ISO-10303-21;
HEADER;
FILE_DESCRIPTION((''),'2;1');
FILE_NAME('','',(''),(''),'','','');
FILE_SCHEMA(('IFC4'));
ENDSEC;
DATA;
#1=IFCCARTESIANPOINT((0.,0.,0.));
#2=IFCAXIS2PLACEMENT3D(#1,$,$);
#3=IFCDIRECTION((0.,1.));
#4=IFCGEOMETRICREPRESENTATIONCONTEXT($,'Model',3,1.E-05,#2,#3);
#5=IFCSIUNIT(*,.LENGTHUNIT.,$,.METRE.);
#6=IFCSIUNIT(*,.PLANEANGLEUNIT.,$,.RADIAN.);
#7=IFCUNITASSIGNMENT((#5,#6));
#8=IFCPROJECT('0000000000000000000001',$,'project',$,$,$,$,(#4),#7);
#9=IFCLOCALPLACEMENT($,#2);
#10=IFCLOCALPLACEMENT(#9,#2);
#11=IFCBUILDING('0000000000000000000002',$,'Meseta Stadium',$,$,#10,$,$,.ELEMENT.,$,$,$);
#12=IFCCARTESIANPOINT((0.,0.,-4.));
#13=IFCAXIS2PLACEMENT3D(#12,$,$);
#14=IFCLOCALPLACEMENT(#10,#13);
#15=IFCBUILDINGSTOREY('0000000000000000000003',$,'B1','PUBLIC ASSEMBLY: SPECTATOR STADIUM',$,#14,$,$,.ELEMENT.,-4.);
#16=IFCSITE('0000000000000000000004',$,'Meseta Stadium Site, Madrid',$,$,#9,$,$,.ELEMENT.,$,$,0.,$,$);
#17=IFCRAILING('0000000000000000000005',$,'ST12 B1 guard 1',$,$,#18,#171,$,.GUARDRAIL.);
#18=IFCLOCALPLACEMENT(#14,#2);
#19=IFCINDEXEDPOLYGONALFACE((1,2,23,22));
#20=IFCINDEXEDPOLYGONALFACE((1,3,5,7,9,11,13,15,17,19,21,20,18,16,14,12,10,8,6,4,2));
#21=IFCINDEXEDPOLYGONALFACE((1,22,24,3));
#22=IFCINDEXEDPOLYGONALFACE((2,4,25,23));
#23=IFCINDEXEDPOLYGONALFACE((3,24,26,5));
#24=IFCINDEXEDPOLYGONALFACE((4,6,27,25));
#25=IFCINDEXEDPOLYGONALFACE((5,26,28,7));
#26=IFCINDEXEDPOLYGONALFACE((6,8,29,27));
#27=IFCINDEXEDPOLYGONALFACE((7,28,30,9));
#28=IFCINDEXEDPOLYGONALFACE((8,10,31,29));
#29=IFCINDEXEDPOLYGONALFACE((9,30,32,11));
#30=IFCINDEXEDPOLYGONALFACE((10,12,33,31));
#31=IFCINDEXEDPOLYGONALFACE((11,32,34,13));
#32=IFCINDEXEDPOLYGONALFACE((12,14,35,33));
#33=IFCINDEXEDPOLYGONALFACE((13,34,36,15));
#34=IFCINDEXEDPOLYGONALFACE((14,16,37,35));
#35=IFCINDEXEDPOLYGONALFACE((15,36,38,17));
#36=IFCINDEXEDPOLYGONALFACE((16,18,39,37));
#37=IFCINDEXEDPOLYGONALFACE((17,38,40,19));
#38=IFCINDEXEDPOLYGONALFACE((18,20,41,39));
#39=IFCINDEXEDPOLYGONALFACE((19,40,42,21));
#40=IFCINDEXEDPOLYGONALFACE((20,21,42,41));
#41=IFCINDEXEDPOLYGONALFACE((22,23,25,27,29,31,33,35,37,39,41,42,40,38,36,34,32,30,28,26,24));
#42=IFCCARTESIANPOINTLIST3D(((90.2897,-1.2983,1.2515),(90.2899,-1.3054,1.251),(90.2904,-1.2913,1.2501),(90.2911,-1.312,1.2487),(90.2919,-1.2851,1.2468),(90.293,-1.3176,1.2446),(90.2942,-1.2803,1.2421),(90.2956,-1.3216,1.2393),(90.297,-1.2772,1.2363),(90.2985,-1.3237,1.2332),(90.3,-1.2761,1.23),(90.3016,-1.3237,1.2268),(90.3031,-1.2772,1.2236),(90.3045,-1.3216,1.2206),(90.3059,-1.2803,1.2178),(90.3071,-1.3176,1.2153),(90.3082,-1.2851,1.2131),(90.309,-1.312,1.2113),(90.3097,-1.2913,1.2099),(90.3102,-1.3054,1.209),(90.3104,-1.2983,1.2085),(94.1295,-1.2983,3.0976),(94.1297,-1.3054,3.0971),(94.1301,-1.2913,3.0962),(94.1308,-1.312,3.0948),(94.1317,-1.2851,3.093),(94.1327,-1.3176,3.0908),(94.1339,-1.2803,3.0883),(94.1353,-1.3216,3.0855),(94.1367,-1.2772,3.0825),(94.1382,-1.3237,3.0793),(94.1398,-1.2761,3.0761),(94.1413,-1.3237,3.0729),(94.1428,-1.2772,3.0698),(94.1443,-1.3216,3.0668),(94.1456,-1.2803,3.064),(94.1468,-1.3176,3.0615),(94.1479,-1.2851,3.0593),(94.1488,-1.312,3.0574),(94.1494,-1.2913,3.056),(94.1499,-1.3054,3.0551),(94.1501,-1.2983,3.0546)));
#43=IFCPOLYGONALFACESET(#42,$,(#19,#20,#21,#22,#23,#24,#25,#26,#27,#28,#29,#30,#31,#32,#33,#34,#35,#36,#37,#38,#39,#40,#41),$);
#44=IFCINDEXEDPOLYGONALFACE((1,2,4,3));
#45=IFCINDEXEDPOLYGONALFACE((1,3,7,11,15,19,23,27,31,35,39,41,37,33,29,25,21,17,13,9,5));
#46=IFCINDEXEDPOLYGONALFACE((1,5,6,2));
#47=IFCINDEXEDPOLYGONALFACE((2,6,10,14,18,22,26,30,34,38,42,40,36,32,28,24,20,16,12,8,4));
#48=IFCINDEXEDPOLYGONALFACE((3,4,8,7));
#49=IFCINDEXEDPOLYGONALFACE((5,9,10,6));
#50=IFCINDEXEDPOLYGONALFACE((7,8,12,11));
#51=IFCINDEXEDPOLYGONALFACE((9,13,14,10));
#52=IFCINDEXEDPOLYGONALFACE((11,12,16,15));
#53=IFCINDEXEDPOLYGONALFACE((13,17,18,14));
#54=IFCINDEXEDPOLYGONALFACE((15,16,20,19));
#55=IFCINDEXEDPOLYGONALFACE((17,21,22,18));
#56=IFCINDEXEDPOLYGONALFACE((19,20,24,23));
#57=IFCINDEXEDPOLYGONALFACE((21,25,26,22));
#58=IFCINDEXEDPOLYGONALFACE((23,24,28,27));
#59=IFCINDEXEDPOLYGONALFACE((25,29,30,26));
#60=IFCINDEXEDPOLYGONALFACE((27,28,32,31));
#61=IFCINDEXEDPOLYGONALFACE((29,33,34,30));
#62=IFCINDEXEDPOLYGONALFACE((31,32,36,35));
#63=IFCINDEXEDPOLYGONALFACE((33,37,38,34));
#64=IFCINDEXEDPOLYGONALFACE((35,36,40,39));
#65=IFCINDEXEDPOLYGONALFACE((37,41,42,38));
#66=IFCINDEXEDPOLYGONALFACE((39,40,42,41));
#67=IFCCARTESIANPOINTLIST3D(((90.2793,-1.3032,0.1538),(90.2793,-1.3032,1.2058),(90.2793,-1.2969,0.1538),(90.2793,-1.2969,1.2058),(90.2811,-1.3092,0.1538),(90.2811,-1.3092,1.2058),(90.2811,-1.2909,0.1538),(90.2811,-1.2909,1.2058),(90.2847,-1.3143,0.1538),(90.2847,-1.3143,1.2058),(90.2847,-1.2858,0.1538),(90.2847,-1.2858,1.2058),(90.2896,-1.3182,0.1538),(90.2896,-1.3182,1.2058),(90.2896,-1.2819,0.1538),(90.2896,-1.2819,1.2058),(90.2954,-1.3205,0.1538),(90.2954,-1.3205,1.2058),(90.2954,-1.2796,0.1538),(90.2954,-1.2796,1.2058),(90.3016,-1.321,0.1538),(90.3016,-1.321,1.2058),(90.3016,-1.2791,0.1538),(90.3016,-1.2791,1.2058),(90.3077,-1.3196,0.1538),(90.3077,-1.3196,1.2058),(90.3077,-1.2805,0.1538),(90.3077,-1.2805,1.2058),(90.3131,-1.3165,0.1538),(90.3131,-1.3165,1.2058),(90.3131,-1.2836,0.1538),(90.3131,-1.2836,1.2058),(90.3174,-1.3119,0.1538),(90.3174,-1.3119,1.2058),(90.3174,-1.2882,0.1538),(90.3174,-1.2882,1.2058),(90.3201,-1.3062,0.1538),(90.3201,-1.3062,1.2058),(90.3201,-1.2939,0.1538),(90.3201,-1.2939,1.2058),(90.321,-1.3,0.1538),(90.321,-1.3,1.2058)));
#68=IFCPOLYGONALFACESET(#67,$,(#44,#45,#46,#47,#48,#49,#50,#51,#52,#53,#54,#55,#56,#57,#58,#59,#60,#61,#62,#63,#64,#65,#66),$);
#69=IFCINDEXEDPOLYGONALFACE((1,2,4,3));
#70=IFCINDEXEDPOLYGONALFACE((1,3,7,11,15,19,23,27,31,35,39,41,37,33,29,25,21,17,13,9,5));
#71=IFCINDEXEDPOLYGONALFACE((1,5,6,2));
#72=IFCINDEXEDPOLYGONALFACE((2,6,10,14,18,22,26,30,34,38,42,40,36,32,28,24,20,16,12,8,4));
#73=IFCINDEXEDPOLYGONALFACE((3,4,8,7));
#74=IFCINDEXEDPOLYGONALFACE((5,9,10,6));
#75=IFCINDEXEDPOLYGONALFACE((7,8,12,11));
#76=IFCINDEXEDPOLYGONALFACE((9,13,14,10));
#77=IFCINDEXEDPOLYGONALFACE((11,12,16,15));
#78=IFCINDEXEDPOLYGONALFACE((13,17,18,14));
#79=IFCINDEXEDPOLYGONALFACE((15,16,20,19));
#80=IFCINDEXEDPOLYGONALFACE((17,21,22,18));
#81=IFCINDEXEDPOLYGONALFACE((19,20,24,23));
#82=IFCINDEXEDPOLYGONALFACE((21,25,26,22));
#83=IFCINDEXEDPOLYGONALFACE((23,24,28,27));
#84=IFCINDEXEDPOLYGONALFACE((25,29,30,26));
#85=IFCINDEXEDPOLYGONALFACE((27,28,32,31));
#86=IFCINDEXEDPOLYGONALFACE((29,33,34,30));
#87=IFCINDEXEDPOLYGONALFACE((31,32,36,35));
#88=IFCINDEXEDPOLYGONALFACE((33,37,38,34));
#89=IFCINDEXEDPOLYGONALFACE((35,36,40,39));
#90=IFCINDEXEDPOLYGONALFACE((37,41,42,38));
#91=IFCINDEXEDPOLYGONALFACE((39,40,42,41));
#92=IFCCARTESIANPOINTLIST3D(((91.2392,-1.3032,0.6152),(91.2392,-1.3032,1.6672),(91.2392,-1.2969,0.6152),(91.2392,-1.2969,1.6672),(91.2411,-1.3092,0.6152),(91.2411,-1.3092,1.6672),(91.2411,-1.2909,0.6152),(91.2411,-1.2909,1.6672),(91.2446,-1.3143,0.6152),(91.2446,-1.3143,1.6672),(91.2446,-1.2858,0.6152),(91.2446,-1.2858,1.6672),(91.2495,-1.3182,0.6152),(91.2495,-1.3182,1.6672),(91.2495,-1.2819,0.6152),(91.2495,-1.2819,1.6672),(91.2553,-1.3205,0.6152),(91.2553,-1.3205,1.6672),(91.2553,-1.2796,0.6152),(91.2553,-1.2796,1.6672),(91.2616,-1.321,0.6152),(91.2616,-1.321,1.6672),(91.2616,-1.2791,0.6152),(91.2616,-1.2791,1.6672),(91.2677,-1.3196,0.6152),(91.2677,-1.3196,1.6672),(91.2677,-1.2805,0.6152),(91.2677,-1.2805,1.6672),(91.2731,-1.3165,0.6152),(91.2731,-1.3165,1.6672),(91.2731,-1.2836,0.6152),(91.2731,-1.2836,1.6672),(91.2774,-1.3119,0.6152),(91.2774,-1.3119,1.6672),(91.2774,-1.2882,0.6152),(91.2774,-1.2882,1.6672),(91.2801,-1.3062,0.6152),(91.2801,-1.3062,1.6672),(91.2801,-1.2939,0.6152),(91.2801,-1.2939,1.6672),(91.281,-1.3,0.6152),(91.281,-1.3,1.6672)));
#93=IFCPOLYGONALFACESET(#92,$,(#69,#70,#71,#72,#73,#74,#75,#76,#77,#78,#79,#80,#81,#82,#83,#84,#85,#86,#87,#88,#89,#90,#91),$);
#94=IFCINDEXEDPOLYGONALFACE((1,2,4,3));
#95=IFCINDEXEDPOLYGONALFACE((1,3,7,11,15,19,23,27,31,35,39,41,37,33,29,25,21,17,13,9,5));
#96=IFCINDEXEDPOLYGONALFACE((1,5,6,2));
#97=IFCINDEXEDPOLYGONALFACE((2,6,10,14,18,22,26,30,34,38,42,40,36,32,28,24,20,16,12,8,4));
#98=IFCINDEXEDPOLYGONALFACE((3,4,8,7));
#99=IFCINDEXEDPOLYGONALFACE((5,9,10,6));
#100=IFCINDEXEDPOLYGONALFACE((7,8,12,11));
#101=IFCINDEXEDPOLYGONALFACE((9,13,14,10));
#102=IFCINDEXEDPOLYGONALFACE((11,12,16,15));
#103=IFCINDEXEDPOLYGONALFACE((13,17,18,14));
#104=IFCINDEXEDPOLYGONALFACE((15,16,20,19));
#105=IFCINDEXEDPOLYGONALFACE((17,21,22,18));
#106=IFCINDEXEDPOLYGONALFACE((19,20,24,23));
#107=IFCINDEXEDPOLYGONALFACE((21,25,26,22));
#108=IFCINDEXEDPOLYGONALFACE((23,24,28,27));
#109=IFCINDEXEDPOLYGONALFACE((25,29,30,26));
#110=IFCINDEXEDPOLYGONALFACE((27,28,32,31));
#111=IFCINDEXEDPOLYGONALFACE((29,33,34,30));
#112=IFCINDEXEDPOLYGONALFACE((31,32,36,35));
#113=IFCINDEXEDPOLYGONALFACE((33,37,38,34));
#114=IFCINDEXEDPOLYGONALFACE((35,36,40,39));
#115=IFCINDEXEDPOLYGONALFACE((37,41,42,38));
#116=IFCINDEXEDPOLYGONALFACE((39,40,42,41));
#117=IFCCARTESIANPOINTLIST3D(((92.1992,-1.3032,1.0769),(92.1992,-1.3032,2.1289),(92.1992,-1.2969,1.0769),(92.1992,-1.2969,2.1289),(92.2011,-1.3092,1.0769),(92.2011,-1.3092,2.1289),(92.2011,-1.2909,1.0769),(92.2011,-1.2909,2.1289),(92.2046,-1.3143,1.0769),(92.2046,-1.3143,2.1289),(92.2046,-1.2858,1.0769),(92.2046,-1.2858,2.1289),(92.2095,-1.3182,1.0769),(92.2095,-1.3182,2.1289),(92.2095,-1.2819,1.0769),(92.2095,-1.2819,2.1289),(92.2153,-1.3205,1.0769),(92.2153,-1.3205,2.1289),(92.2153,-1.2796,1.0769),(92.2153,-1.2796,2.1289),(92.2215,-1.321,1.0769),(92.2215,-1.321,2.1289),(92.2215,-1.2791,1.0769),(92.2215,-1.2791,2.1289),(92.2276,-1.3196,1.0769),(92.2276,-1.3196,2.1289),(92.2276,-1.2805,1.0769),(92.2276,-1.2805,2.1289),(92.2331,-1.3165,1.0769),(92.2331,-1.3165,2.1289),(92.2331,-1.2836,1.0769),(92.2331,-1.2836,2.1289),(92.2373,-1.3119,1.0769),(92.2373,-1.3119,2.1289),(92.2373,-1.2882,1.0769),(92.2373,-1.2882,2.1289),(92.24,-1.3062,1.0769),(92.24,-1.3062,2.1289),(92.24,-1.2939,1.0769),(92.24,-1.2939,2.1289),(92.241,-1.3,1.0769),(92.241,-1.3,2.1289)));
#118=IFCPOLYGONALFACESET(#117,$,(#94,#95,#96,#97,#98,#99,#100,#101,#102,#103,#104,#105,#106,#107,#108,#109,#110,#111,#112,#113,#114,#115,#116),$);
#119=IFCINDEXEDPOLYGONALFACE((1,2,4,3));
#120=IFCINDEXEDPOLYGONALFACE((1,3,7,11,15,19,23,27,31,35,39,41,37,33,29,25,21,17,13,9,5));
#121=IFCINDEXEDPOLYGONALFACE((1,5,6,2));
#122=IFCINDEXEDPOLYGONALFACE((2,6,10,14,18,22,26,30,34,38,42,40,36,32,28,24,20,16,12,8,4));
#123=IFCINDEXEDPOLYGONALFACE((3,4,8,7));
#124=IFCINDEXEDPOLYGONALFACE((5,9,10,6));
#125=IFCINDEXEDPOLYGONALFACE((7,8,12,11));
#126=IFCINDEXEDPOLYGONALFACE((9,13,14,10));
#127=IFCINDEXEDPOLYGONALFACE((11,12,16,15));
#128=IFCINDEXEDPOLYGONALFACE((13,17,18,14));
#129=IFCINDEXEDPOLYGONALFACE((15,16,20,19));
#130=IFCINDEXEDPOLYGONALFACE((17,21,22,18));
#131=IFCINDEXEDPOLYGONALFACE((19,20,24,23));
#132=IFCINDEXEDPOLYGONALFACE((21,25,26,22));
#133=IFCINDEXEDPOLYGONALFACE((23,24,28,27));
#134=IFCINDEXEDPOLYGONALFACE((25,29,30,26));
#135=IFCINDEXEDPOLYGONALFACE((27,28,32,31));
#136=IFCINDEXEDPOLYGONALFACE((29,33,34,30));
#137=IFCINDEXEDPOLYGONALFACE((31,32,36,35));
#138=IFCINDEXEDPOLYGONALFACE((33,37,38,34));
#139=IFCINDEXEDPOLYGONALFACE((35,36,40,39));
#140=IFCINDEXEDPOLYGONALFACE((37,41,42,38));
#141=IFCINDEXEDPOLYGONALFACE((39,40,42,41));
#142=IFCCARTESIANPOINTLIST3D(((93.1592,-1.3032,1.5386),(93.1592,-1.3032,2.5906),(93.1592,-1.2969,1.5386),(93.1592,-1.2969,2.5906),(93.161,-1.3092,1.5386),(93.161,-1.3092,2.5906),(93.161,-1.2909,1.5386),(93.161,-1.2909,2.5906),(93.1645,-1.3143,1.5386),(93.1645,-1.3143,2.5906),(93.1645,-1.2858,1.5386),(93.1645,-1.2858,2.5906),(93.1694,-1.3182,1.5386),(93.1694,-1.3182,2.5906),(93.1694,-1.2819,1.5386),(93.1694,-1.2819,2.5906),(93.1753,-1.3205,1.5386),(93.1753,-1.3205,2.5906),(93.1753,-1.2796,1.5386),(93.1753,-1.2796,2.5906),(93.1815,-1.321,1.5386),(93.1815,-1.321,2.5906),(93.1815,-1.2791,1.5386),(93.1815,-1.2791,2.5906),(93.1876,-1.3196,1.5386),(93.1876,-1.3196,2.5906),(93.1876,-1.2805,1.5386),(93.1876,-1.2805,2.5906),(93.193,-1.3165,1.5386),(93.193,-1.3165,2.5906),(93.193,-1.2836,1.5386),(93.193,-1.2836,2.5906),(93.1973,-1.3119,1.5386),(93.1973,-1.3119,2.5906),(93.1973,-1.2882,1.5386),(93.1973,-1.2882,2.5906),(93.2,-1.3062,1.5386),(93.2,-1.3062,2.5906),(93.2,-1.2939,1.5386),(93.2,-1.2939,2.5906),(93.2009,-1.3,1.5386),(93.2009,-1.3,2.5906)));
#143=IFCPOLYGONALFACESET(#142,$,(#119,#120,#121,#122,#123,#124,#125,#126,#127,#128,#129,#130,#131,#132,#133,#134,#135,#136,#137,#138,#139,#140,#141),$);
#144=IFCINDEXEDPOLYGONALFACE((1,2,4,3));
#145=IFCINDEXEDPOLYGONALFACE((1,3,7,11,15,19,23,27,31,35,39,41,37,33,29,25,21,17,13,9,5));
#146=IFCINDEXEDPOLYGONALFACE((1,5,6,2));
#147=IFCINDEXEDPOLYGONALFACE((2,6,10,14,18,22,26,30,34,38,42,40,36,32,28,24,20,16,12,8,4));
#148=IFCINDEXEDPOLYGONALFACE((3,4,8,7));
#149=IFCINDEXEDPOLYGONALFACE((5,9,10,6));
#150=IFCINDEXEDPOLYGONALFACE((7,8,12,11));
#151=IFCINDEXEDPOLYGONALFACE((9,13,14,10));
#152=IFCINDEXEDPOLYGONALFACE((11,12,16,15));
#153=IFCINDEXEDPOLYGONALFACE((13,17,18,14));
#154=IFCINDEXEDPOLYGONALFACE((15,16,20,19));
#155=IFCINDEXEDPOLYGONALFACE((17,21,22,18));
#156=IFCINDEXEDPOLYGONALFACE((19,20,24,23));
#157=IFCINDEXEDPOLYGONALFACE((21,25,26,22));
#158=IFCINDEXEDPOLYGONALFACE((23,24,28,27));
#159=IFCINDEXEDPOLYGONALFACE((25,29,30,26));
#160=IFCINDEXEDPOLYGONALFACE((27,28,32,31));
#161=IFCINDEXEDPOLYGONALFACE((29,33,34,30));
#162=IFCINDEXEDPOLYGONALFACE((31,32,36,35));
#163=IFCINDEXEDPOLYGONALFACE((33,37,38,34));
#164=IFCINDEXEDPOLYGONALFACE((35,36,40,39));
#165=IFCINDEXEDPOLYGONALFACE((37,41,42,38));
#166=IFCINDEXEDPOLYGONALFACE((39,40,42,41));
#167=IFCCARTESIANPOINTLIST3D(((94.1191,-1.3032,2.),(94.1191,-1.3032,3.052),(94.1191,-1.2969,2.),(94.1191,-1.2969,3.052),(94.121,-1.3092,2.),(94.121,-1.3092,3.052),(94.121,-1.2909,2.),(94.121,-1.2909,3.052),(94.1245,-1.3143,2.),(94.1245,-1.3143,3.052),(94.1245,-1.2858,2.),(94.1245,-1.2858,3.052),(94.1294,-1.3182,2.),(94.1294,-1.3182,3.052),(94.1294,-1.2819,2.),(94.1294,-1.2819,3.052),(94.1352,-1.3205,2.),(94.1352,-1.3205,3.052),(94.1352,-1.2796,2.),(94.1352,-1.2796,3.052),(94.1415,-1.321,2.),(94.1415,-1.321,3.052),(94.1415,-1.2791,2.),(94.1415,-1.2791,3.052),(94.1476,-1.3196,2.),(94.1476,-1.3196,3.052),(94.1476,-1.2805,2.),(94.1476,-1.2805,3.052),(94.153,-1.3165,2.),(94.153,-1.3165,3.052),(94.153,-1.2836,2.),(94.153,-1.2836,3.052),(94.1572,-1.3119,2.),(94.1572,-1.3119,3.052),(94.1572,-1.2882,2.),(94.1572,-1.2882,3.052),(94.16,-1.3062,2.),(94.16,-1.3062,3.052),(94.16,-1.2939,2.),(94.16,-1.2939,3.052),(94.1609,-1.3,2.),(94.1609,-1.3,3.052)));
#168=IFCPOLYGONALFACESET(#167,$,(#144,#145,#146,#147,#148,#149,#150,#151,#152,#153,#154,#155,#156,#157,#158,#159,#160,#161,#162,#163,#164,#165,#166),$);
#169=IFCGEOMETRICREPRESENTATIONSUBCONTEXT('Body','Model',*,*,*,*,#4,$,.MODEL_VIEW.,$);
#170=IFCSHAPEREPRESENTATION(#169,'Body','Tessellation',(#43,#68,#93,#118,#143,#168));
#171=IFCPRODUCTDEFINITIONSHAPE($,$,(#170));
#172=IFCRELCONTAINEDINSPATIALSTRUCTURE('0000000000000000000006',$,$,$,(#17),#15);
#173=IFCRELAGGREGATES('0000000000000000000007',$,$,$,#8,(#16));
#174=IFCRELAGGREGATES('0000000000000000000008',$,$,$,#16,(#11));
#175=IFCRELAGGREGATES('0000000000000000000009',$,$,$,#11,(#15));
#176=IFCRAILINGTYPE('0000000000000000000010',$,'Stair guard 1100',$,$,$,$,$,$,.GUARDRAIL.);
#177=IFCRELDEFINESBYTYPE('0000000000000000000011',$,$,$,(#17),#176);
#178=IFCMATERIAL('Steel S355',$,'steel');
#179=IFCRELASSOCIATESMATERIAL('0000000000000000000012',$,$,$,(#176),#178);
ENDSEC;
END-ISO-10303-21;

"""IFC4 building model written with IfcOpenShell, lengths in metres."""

from ifc_helpers import new_model, si_unit, direction, frame, origin, origin_2d, place, context, subcontext, project, spatial, circle, extrude, material, type_object, element, save


model = new_model("IFC4")

# Units and contexts
model_context = context("Model", 3, precision=1e-05, world=origin(), true_north=direction((0.0, 1.0)))
body_context = subcontext(model_context, "Body", "Model", "MODEL_VIEW")
ifc_project = project(units=[si_unit("LENGTHUNIT", "METRE"), si_unit("PLANEANGLEUNIT", "RADIAN")], contexts=[model_context])

# Site, building, storey
site_placement = place(None, origin())
site = spatial("IfcSite", under=ifc_project, at=site_placement, Name="Meseta Stadium Site, Madrid", CompositionType="ELEMENT", RefElevation=0.0)
building_placement = place(site_placement, origin())
building = spatial("IfcBuilding", under=site, at=building_placement, Name="Meseta Stadium", CompositionType="ELEMENT")
storey_placement = place(building_placement, frame((0.0, 0.0, -4.0)))
storey = spatial("IfcBuildingStorey", under=building, at=storey_placement, Name="B1", Description="PUBLIC ASSEMBLY: SPECTATOR STADIUM", CompositionType="ELEMENT", Elevation=-4.0)

# Railing
ifc_material_1 = material(Name="Steel S355", Category="steel")
railing_type_1 = type_object("IfcRailingType", Name="Stair guard 1100", PredefinedType="GUARDRAIL", material=ifc_material_1)
railing_1_placement = place(storey_placement, frame((90.3, -1.3, 0.1538)))
element("IfcRailing", 1, at=railing_1_placement, inside=storey, type_object=railing_type_1, Name="ST12 B1 guard 1", PredefinedType="GUARDRAIL", context=body_context, shape_type="SweptSolid", body=[
    extrude(circle(Radius=0.0239, at=origin_2d()), frame((0.0, 0.0, 1.0762), z_axis=(0.901242, 0.0, 0.433316), x_axis=(0.0, 1.0, 0.0)), (0.0, 0.0, 1.0), 4.2605),
    extrude(circle(Radius=0.021, at=origin_2d()), origin(), (0.0, 0.0, 1.0), 1.052),
    extrude(circle(Radius=0.021, at=origin_2d()), frame((0.96, 0.0, 0.4614)), (0.0, 0.0, 1.0), 1.052),
    extrude(circle(Radius=0.021, at=origin_2d()), frame((1.9199, 0.0, 0.9231)), (0.0, 0.0, 1.0), 1.052),
    extrude(circle(Radius=0.021, at=origin_2d()), frame((2.8799, 0.0, 1.3848)), (0.0, 0.0, 1.0), 1.052),
    extrude(circle(Radius=0.021, at=origin_2d()), frame((3.8398, 0.0, 1.8462)), (0.0, 0.0, 1.0), 1.052),
])

save(model, "model.ifc")
